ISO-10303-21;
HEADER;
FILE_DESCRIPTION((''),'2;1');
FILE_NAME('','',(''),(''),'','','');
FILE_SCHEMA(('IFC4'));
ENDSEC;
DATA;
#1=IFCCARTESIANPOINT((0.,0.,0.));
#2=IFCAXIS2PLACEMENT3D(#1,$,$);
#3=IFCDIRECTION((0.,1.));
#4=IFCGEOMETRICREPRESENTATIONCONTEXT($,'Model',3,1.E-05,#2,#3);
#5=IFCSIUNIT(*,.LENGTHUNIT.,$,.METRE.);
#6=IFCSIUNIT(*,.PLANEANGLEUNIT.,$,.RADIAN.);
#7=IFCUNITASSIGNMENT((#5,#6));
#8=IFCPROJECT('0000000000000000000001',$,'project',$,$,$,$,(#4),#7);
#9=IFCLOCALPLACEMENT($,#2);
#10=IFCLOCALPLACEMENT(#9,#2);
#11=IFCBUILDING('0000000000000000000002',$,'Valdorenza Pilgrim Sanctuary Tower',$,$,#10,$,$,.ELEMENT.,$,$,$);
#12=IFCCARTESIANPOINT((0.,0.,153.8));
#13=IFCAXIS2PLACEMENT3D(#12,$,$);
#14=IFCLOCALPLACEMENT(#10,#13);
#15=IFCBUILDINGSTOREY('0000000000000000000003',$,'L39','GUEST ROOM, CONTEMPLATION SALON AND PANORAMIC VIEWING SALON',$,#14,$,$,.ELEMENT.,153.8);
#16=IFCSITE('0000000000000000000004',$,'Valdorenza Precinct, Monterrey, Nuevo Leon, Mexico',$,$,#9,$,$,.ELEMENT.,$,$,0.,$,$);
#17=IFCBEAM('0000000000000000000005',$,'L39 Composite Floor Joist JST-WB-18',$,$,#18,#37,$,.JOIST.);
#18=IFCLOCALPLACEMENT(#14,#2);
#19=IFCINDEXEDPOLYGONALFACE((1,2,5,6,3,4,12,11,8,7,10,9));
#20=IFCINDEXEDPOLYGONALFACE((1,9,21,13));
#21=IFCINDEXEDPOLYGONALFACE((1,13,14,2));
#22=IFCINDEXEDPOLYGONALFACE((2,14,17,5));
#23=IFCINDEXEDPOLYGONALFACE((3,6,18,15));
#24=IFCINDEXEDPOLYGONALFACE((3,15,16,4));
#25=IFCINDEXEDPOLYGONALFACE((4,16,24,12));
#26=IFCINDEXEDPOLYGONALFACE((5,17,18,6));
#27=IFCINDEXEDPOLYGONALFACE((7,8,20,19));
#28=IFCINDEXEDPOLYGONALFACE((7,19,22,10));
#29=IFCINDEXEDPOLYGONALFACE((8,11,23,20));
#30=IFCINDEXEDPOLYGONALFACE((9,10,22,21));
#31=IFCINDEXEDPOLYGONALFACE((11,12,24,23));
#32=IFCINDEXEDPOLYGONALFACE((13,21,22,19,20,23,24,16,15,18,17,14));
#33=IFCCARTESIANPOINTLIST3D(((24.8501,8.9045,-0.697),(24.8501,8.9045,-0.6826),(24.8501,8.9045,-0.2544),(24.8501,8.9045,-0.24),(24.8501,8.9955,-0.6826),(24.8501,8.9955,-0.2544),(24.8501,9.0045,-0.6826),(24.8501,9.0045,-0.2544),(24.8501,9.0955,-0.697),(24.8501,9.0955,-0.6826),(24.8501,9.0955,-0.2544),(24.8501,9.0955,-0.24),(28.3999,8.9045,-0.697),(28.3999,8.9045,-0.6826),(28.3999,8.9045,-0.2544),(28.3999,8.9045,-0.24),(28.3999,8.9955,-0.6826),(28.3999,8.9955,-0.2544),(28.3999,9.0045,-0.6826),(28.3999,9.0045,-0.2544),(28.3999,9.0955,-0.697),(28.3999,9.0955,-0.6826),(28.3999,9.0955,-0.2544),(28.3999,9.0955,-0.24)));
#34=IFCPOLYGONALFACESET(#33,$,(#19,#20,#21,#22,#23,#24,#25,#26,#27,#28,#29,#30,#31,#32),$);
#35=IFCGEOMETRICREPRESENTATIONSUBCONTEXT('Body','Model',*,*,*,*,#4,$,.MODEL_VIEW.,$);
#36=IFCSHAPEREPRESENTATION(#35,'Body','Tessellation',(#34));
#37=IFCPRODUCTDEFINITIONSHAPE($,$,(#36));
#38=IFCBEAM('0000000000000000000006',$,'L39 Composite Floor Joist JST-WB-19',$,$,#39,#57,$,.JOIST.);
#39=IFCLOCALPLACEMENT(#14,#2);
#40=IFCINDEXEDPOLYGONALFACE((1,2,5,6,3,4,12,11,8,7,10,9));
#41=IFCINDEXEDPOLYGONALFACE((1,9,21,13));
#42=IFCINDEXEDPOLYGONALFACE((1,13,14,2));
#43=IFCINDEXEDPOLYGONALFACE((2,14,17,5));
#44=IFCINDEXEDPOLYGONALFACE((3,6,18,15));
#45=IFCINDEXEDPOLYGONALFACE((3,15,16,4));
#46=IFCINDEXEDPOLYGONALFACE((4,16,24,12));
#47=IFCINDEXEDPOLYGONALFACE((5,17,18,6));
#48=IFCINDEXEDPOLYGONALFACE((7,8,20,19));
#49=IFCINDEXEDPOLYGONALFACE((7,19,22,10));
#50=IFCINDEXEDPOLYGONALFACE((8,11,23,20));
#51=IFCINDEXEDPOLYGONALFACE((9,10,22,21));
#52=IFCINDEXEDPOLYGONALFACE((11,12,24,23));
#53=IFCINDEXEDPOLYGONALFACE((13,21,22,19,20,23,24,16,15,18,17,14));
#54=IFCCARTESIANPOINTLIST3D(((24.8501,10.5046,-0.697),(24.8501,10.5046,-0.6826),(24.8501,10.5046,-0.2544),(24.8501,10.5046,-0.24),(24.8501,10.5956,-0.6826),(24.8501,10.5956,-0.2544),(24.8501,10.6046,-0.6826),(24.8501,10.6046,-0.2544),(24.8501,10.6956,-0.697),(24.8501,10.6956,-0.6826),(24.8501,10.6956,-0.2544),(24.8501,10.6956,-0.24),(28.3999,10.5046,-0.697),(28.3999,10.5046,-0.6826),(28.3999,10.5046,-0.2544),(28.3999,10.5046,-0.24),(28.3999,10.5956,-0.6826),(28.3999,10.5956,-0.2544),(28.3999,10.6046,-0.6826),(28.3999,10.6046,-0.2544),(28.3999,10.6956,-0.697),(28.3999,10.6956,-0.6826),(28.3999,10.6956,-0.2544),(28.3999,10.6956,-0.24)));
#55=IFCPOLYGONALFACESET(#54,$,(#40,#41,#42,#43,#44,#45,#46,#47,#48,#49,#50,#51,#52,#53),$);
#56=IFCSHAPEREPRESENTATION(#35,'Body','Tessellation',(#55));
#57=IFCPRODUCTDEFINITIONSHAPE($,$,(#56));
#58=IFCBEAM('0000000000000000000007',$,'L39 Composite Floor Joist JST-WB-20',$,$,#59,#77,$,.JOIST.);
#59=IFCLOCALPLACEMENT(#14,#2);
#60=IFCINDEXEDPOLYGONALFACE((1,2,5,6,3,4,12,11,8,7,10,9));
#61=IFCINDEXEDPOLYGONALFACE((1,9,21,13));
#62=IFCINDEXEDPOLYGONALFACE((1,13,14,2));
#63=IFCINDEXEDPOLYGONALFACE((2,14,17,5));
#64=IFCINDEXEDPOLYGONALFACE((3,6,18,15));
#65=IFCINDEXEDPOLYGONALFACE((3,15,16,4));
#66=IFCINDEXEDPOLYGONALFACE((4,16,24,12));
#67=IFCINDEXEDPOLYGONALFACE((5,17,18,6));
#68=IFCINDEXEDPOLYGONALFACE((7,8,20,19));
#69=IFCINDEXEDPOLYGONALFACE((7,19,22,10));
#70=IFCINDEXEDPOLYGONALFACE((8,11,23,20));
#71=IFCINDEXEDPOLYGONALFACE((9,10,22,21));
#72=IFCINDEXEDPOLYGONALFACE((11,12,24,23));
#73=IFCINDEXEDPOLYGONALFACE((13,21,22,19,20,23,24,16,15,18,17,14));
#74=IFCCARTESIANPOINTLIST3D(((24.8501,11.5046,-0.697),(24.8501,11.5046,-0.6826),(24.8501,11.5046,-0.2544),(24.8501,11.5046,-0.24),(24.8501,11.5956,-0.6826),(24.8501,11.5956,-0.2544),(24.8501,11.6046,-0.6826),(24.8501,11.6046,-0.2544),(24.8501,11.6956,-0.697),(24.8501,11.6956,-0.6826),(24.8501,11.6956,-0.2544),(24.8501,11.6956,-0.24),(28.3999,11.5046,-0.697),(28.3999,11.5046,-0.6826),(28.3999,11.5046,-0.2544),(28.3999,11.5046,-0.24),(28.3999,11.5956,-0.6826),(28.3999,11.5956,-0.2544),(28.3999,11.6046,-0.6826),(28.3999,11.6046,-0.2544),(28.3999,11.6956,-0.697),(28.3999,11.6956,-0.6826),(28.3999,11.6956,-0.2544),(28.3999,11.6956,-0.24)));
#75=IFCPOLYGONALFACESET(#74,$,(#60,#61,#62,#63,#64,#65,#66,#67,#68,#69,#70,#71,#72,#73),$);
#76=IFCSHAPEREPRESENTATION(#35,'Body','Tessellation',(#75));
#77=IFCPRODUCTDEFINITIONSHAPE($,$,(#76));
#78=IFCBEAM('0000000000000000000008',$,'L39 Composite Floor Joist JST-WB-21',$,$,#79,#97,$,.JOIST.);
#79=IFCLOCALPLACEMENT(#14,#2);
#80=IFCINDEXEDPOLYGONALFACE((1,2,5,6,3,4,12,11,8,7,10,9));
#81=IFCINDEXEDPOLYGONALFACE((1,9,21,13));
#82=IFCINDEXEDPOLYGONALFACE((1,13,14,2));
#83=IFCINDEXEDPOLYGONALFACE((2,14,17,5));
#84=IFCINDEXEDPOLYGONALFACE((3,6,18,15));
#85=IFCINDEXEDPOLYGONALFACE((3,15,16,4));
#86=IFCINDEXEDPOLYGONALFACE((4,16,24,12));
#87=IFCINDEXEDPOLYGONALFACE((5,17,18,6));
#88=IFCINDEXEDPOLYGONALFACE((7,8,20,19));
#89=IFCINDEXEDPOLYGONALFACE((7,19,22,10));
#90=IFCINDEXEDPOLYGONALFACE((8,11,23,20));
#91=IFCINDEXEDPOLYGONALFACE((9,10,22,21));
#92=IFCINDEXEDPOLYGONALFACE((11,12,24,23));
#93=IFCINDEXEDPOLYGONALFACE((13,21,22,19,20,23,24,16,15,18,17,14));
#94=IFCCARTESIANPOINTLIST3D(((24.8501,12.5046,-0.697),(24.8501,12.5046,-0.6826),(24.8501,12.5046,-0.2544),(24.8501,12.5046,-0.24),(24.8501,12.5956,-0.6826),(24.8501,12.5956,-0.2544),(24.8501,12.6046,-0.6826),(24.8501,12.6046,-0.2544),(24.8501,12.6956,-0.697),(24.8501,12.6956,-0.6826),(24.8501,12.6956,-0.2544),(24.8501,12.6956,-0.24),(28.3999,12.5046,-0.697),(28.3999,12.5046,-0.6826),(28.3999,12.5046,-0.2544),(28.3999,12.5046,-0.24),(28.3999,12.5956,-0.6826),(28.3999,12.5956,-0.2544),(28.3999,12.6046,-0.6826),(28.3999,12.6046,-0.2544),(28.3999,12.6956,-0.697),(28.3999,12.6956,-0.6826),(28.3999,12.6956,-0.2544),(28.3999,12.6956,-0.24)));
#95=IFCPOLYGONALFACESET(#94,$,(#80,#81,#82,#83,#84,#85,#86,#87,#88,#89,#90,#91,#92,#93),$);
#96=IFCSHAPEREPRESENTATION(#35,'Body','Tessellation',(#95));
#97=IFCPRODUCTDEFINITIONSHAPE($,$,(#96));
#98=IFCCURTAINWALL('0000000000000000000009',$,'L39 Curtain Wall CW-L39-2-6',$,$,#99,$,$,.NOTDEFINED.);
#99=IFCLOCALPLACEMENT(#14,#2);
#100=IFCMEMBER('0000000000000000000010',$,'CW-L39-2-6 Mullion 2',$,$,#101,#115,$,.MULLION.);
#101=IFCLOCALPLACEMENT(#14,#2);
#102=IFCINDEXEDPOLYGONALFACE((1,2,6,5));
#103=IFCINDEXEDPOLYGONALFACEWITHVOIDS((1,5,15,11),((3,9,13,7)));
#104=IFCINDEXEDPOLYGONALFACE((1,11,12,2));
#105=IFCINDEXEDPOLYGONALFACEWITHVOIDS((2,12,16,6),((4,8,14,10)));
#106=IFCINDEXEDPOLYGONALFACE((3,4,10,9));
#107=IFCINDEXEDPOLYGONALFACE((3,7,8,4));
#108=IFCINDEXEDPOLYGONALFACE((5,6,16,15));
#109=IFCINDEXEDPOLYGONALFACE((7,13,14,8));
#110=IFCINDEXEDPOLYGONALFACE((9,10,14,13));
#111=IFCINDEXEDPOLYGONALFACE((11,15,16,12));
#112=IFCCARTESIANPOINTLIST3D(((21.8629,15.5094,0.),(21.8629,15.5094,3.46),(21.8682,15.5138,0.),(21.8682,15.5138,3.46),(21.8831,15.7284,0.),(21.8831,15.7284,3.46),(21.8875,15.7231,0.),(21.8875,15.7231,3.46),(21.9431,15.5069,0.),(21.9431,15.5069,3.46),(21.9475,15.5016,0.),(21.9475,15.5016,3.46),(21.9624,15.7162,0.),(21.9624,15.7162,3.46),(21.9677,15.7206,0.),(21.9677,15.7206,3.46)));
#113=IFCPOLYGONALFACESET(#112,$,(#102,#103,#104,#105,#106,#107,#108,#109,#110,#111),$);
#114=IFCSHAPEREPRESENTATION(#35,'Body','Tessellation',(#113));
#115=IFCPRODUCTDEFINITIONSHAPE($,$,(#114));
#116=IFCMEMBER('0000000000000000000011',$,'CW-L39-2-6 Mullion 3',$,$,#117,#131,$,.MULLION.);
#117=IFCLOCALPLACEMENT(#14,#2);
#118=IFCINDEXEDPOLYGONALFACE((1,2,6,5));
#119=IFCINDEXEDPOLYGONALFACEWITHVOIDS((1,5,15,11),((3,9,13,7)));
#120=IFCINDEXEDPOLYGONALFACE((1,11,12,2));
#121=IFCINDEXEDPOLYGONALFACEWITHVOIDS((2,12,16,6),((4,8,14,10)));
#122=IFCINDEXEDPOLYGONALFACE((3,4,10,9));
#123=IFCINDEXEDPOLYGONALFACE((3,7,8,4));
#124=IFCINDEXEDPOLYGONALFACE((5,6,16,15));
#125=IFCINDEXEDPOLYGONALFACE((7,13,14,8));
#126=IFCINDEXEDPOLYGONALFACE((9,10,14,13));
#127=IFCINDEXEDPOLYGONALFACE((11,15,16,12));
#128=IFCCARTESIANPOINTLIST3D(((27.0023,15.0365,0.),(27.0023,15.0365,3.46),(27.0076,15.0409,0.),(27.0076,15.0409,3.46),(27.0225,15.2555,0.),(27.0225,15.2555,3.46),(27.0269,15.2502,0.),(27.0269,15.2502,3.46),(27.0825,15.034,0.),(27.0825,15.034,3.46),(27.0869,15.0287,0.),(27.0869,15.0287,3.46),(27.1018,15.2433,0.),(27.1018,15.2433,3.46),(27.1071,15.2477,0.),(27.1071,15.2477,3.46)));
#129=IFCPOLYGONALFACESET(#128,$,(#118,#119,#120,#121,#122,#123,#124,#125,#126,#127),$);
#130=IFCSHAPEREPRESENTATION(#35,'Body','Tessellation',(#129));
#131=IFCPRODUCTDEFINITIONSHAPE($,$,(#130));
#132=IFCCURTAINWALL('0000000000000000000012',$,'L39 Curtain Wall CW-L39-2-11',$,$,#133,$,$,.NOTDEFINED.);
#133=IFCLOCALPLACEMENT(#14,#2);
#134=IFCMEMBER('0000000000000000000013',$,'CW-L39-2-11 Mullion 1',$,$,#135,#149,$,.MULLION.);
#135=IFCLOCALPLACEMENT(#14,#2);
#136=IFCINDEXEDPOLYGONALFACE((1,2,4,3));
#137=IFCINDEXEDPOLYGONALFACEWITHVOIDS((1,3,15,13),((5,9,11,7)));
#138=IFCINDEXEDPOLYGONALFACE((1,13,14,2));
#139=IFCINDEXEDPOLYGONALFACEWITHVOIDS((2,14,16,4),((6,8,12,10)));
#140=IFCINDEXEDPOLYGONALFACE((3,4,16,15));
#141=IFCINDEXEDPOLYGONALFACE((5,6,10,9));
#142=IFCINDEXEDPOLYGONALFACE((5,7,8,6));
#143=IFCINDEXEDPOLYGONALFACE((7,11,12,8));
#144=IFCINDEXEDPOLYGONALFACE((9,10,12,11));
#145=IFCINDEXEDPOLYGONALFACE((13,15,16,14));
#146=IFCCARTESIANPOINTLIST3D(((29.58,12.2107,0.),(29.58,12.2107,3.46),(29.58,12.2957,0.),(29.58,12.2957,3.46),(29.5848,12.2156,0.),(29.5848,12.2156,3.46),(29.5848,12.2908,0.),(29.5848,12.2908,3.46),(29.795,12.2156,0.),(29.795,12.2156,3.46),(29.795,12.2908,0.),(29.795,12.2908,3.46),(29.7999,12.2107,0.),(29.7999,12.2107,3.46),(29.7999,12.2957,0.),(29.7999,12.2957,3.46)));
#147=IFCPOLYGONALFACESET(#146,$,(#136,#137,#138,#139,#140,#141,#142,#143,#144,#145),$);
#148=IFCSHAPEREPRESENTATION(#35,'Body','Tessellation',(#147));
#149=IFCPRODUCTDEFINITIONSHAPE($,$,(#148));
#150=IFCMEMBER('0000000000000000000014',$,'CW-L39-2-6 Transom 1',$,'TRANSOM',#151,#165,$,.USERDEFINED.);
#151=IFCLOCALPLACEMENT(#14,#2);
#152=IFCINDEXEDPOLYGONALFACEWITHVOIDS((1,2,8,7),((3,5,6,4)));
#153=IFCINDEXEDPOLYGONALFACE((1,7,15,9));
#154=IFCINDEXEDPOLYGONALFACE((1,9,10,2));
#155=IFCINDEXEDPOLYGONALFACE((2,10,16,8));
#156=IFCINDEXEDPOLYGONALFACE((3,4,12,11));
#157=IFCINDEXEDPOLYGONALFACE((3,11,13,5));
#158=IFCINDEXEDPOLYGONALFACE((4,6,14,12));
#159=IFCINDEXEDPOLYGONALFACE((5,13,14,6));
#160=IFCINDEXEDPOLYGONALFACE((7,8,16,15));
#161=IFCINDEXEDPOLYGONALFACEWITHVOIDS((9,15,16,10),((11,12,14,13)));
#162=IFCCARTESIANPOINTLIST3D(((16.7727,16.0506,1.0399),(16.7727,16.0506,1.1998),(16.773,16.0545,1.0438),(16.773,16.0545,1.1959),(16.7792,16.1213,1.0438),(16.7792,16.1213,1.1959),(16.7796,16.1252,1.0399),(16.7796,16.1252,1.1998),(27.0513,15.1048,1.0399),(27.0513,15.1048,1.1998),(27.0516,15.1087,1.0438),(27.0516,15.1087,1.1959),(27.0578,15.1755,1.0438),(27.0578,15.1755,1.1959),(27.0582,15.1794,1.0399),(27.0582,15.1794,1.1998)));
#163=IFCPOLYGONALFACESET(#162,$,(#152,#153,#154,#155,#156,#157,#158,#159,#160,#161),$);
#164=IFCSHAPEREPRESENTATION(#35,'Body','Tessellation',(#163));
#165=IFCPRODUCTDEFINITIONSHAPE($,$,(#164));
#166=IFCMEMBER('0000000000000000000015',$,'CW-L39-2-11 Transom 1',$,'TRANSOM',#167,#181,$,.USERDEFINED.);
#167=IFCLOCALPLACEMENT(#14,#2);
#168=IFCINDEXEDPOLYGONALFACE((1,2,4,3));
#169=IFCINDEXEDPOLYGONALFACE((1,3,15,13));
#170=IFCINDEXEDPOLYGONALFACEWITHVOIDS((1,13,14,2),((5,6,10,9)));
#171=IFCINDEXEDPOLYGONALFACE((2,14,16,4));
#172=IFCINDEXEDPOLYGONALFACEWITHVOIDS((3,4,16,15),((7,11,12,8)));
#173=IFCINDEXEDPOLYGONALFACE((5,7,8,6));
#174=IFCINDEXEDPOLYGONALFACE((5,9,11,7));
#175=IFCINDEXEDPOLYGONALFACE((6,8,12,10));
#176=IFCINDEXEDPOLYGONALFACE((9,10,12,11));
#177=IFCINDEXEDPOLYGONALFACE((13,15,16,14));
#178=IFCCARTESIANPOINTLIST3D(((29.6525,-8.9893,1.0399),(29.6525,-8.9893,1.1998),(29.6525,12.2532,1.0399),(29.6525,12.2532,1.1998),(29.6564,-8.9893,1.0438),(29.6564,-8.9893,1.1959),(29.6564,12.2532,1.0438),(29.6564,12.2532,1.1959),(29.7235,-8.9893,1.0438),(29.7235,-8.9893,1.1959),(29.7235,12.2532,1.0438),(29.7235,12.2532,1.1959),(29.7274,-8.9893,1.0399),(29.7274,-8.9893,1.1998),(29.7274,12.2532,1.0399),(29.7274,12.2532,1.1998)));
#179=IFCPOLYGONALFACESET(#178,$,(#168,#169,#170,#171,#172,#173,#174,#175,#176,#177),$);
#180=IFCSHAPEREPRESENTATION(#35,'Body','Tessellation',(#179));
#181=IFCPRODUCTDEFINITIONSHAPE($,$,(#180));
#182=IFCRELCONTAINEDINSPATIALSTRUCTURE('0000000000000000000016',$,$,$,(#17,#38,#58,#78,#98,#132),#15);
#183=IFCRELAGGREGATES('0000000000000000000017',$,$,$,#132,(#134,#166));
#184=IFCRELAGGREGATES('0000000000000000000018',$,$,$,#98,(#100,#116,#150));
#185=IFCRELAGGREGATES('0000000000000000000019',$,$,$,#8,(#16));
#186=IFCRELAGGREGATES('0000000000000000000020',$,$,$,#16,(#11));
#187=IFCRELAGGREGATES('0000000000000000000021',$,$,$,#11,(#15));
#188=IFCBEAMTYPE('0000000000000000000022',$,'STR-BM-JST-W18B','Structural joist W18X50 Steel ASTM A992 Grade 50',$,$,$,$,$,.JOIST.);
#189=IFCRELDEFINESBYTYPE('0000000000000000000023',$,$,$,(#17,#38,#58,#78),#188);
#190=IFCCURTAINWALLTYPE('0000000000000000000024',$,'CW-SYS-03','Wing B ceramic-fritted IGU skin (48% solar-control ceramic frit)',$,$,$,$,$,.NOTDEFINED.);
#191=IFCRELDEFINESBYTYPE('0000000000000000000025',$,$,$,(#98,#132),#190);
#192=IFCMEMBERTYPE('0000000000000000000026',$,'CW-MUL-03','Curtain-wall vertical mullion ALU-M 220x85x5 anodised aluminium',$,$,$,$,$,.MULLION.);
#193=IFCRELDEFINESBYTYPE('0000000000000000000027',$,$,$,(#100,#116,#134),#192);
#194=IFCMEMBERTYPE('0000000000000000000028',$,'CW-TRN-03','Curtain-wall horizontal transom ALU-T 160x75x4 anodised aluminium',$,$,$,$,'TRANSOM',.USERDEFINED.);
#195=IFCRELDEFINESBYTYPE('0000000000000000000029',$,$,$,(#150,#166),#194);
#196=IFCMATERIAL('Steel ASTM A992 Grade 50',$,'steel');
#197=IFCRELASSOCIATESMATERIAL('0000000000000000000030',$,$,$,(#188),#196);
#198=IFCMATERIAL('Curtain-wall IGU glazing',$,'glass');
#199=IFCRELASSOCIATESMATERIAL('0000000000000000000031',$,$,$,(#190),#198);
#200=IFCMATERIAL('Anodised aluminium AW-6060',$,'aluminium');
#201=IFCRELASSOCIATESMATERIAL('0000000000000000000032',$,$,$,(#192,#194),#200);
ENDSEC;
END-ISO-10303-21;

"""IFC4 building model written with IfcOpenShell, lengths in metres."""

from ifc_helpers import new_model, si_unit, direction, frame, origin, origin_2d, place, context, subcontext, project, spatial, hollow_rectangle, i_section, extrude, source, transform, mapped, material, material_profile, profile_set, type_object, element, aggregate, save


model = new_model("IFC4")

# Units and contexts
model_context = context("Model", 3, precision=1e-05, world=origin(), true_north=direction((0.0, 1.0)))
body_context = subcontext(model_context, "Body", "Model", "MODEL_VIEW")
ifc_project = project(units=[si_unit("LENGTHUNIT", "METRE"), si_unit("PLANEANGLEUNIT", "RADIAN")], contexts=[model_context])

# Site, building, storey
site_placement = place(None, origin())
site = spatial("IfcSite", under=ifc_project, at=site_placement, Name="Valdorenza Precinct, Monterrey, Nuevo Leon, Mexico", CompositionType="ELEMENT", RefElevation=0.0)
building_placement = place(site_placement, origin())
building = spatial("IfcBuilding", under=site, at=building_placement, Name="Valdorenza Pilgrim Sanctuary Tower", CompositionType="ELEMENT")
storey_placement = place(building_placement, frame((0.0, 0.0, 153.8)))
storey = spatial("IfcBuildingStorey", under=building, at=storey_placement, Name="L39", Description="GUEST ROOM, CONTEMPLATION SALON AND PANORAMIC VIEWING SALON", CompositionType="ELEMENT", Elevation=153.8)

# Shared definitions
ifc_material_1 = material(Name="Steel ASTM A992 Grade 50", Category="steel")

# Beams
ifc_material_profile_1 = material_profile(ifc_material_1, i_section(OverallWidth=0.1909, OverallDepth=0.457, WebThickness=0.009, FlangeThickness=0.0144, at=origin_2d()), Name="W18X50")
ifc_profile_set_1 = profile_set([ifc_material_profile_1], Name="Steel ASTM A992 Grade 50")
beam_type_1 = type_object("IfcBeamType", Name="STR-BM-JST-W18B", Description="Structural joist W18X50 Steel ASTM A992 Grade 50", PredefinedType="JOIST", material=ifc_profile_set_1)
shared_shape_1 = source(origin(), body_context, "Body", "SweptSolid", [
    extrude(i_section(OverallWidth=0.1909, OverallDepth=0.457, WebThickness=0.009, FlangeThickness=0.0144, at=origin_2d()), origin(), (0.0, 0.0, 1.0), 3.5498),
])
for number, where, z_axis, x_axis, name in (
    (1, (24.8501, 9.0, -0.4685), (1.0, 0.0, 0.0), (0.0, 1.0, 0.0), "L39 Composite Floor Joist JST-WB-18"),
    (2, (24.8501, 10.6001, -0.4685), (1.0, 0.0, 0.0), (0.0, 1.0, 0.0), "L39 Composite Floor Joist JST-WB-19"),
    (3, (24.8501, 11.6001, -0.4685), (1.0, 0.0, 0.0), (0.0, 1.0, 0.0), "L39 Composite Floor Joist JST-WB-20"),
    (4, (24.8501, 12.6001, -0.4685), (1.0, 0.0, 0.0), (0.0, 1.0, 0.0), "L39 Composite Floor Joist JST-WB-21"),
):
    element("IfcBeam", number, at=place(storey_placement, frame(where, z_axis=z_axis, x_axis=x_axis)), inside=storey, type_object=beam_type_1, Name=name, PredefinedType="JOIST", context=body_context, shape_type="MappedRepresentation", body=[
        mapped(shared_shape_1, transform((0.0, 0.0, 0.0), x_axis=(1.0, 0.0, 0.0), y_axis=(0.0, 1.0, 0.0), z_axis=(0.0, 0.0, 1.0), scale=1.0)),
    ])

# Curtain wall, members
ifc_material_2 = material(Name="Curtain-wall IGU glazing", Category="glass")
curtain_wall_type = type_object("IfcCurtainWallType", Name="CW-SYS-03", Description="Wing B ceramic-fritted IGU skin (48% solar-control ceramic frit)", PredefinedType="NOTDEFINED", material=ifc_material_2)
curtain_wall_1_placement = place(storey_placement, origin())
curtain_wall_1 = element("IfcCurtainWall", 5, at=curtain_wall_1_placement, inside=storey, type_object=curtain_wall_type, Name="L39 Curtain Wall CW-L39-2-6", PredefinedType="NOTDEFINED")
ifc_material_3 = material(Name="Anodised aluminium AW-6060", Category="aluminium")
ifc_material_profile_2 = material_profile(ifc_material_3, hollow_rectangle(XDim=0.085, YDim=0.22, WallThickness=0.0049, at=origin_2d()), Name="ALU-M 220x85x5")
ifc_profile_set_2 = profile_set([ifc_material_profile_2], Name="Anodised aluminium AW-6060")
member_type_1 = type_object("IfcMemberType", Name="CW-MUL-03", Description="Curtain-wall vertical mullion ALU-M 220x85x5 anodised aluminium", PredefinedType="MULLION", material=ifc_profile_set_2)
shared_shape_2 = source(origin(), body_context, "Body", "SweptSolid", [
    extrude(hollow_rectangle(XDim=0.085, YDim=0.22, WallThickness=0.0049, at=origin_2d()), origin(), (0.0, 0.0, 1.0), 3.46),
])
member_1_placement = place(storey_placement, frame((21.9153, 15.615, 0.0), z_axis=(0.0, 0.0, 1.0), x_axis=(0.995794, -0.091623, 0.0)))
member_1 = element("IfcMember", 6, at=member_1_placement, type_object=member_type_1, Name="CW-L39-2-6 Mullion 2", PredefinedType="MULLION", context=body_context, shape_type="MappedRepresentation", body=[
    mapped(shared_shape_2, transform((0.0, 0.0, 0.0), x_axis=(1.0, 0.0, 0.0), y_axis=(0.0, 1.0, 0.0), z_axis=(0.0, 0.0, 1.0), scale=1.0)),
])
member_2_placement = place(storey_placement, frame((27.0547, 15.1421, 0.0), z_axis=(0.0, 0.0, 1.0), x_axis=(0.995794, -0.091623, 0.0)))
member_2 = element("IfcMember", 7, at=member_2_placement, type_object=member_type_1, Name="CW-L39-2-6 Mullion 3", PredefinedType="MULLION", context=body_context, shape_type="MappedRepresentation", body=[
    mapped(shared_shape_2, transform((0.0, 0.0, 0.0), x_axis=(1.0, 0.0, 0.0), y_axis=(0.0, 1.0, 0.0), z_axis=(0.0, 0.0, 1.0), scale=1.0)),
])

# Curtain wall, member
curtain_wall_2_placement = place(storey_placement, origin())
curtain_wall_2 = element("IfcCurtainWall", 8, at=curtain_wall_2_placement, inside=storey, type_object=curtain_wall_type, Name="L39 Curtain Wall CW-L39-2-11", PredefinedType="NOTDEFINED")
member_3_placement = place(storey_placement, frame((29.6899, 12.2532, 0.0), z_axis=(0.0, 0.0, 1.0), x_axis=(0.0, -1.0, 0.0)))
member_3 = element("IfcMember", 9, at=member_3_placement, type_object=member_type_1, Name="CW-L39-2-11 Mullion 1", PredefinedType="MULLION", context=body_context, shape_type="MappedRepresentation", body=[
    mapped(shared_shape_2, transform((0.0, 0.0, 0.0), x_axis=(1.0, 0.0, 0.0), y_axis=(0.0, 1.0, 0.0), z_axis=(0.0, 0.0, 1.0), scale=1.0)),
])

# Members
ifc_material_profile_3 = material_profile(ifc_material_3, hollow_rectangle(XDim=0.075, YDim=0.1599, WallThickness=0.0039, at=origin_2d()), Name="ALU-T 160x75x4")
ifc_profile_set_3 = profile_set([ifc_material_profile_3], Name="Anodised aluminium AW-6060")
member_type_2 = type_object("IfcMemberType", Name="CW-TRN-03", Description="Curtain-wall horizontal transom ALU-T 160x75x4 anodised aluminium", ElementType="TRANSOM", PredefinedType="USERDEFINED", material=ifc_profile_set_3)
shared_shape_3 = source(origin(), body_context, "Body", "SweptSolid", [
    extrude(hollow_rectangle(XDim=0.075, YDim=0.1599, WallThickness=0.0039, at=origin_2d()), origin(), (0.0, 0.0, 1.0), 10.322),
])
member_4_placement = place(storey_placement, frame((16.7761, 16.0879, 1.1199), z_axis=(0.995793, -0.09163, 0.0), x_axis=(0.09163, 0.995793, 0.0)))
member_4 = element("IfcMember", 10, at=member_4_placement, type_object=member_type_2, Name="CW-L39-2-6 Transom 1", ObjectType="TRANSOM", PredefinedType="USERDEFINED", context=body_context, shape_type="MappedRepresentation", body=[
    mapped(shared_shape_3, transform((0.0, 0.0, 0.0), x_axis=(1.0, 0.0, 0.0), y_axis=(0.0, 1.0, 0.0), z_axis=(0.0, 0.0, 1.0), scale=1.0)),
])
shared_shape_4 = source(origin(), body_context, "Body", "SweptSolid", [
    extrude(hollow_rectangle(XDim=0.075, YDim=0.1599, WallThickness=0.0039, at=origin_2d()), origin(), (0.0, 0.0, 1.0), 21.2424),
])
member_5_placement = place(storey_placement, frame((29.6899, 12.2532, 1.1199), z_axis=(0.0, -1.0, 0.0), x_axis=(1.0, 0.0, 0.0)))
member_5 = element("IfcMember", 11, at=member_5_placement, type_object=member_type_2, Name="CW-L39-2-11 Transom 1", ObjectType="TRANSOM", PredefinedType="USERDEFINED", context=body_context, shape_type="MappedRepresentation", body=[
    mapped(shared_shape_4, transform((0.0, 0.0, 0.0), x_axis=(1.0, 0.0, 0.0), y_axis=(0.0, 1.0, 0.0), z_axis=(0.0, 0.0, 1.0), scale=1.0)),
])
aggregate(curtain_wall_2, [member_3, member_5])

aggregate(curtain_wall_1, [member_1, member_2, member_4])

save(model, "model.ifc")
